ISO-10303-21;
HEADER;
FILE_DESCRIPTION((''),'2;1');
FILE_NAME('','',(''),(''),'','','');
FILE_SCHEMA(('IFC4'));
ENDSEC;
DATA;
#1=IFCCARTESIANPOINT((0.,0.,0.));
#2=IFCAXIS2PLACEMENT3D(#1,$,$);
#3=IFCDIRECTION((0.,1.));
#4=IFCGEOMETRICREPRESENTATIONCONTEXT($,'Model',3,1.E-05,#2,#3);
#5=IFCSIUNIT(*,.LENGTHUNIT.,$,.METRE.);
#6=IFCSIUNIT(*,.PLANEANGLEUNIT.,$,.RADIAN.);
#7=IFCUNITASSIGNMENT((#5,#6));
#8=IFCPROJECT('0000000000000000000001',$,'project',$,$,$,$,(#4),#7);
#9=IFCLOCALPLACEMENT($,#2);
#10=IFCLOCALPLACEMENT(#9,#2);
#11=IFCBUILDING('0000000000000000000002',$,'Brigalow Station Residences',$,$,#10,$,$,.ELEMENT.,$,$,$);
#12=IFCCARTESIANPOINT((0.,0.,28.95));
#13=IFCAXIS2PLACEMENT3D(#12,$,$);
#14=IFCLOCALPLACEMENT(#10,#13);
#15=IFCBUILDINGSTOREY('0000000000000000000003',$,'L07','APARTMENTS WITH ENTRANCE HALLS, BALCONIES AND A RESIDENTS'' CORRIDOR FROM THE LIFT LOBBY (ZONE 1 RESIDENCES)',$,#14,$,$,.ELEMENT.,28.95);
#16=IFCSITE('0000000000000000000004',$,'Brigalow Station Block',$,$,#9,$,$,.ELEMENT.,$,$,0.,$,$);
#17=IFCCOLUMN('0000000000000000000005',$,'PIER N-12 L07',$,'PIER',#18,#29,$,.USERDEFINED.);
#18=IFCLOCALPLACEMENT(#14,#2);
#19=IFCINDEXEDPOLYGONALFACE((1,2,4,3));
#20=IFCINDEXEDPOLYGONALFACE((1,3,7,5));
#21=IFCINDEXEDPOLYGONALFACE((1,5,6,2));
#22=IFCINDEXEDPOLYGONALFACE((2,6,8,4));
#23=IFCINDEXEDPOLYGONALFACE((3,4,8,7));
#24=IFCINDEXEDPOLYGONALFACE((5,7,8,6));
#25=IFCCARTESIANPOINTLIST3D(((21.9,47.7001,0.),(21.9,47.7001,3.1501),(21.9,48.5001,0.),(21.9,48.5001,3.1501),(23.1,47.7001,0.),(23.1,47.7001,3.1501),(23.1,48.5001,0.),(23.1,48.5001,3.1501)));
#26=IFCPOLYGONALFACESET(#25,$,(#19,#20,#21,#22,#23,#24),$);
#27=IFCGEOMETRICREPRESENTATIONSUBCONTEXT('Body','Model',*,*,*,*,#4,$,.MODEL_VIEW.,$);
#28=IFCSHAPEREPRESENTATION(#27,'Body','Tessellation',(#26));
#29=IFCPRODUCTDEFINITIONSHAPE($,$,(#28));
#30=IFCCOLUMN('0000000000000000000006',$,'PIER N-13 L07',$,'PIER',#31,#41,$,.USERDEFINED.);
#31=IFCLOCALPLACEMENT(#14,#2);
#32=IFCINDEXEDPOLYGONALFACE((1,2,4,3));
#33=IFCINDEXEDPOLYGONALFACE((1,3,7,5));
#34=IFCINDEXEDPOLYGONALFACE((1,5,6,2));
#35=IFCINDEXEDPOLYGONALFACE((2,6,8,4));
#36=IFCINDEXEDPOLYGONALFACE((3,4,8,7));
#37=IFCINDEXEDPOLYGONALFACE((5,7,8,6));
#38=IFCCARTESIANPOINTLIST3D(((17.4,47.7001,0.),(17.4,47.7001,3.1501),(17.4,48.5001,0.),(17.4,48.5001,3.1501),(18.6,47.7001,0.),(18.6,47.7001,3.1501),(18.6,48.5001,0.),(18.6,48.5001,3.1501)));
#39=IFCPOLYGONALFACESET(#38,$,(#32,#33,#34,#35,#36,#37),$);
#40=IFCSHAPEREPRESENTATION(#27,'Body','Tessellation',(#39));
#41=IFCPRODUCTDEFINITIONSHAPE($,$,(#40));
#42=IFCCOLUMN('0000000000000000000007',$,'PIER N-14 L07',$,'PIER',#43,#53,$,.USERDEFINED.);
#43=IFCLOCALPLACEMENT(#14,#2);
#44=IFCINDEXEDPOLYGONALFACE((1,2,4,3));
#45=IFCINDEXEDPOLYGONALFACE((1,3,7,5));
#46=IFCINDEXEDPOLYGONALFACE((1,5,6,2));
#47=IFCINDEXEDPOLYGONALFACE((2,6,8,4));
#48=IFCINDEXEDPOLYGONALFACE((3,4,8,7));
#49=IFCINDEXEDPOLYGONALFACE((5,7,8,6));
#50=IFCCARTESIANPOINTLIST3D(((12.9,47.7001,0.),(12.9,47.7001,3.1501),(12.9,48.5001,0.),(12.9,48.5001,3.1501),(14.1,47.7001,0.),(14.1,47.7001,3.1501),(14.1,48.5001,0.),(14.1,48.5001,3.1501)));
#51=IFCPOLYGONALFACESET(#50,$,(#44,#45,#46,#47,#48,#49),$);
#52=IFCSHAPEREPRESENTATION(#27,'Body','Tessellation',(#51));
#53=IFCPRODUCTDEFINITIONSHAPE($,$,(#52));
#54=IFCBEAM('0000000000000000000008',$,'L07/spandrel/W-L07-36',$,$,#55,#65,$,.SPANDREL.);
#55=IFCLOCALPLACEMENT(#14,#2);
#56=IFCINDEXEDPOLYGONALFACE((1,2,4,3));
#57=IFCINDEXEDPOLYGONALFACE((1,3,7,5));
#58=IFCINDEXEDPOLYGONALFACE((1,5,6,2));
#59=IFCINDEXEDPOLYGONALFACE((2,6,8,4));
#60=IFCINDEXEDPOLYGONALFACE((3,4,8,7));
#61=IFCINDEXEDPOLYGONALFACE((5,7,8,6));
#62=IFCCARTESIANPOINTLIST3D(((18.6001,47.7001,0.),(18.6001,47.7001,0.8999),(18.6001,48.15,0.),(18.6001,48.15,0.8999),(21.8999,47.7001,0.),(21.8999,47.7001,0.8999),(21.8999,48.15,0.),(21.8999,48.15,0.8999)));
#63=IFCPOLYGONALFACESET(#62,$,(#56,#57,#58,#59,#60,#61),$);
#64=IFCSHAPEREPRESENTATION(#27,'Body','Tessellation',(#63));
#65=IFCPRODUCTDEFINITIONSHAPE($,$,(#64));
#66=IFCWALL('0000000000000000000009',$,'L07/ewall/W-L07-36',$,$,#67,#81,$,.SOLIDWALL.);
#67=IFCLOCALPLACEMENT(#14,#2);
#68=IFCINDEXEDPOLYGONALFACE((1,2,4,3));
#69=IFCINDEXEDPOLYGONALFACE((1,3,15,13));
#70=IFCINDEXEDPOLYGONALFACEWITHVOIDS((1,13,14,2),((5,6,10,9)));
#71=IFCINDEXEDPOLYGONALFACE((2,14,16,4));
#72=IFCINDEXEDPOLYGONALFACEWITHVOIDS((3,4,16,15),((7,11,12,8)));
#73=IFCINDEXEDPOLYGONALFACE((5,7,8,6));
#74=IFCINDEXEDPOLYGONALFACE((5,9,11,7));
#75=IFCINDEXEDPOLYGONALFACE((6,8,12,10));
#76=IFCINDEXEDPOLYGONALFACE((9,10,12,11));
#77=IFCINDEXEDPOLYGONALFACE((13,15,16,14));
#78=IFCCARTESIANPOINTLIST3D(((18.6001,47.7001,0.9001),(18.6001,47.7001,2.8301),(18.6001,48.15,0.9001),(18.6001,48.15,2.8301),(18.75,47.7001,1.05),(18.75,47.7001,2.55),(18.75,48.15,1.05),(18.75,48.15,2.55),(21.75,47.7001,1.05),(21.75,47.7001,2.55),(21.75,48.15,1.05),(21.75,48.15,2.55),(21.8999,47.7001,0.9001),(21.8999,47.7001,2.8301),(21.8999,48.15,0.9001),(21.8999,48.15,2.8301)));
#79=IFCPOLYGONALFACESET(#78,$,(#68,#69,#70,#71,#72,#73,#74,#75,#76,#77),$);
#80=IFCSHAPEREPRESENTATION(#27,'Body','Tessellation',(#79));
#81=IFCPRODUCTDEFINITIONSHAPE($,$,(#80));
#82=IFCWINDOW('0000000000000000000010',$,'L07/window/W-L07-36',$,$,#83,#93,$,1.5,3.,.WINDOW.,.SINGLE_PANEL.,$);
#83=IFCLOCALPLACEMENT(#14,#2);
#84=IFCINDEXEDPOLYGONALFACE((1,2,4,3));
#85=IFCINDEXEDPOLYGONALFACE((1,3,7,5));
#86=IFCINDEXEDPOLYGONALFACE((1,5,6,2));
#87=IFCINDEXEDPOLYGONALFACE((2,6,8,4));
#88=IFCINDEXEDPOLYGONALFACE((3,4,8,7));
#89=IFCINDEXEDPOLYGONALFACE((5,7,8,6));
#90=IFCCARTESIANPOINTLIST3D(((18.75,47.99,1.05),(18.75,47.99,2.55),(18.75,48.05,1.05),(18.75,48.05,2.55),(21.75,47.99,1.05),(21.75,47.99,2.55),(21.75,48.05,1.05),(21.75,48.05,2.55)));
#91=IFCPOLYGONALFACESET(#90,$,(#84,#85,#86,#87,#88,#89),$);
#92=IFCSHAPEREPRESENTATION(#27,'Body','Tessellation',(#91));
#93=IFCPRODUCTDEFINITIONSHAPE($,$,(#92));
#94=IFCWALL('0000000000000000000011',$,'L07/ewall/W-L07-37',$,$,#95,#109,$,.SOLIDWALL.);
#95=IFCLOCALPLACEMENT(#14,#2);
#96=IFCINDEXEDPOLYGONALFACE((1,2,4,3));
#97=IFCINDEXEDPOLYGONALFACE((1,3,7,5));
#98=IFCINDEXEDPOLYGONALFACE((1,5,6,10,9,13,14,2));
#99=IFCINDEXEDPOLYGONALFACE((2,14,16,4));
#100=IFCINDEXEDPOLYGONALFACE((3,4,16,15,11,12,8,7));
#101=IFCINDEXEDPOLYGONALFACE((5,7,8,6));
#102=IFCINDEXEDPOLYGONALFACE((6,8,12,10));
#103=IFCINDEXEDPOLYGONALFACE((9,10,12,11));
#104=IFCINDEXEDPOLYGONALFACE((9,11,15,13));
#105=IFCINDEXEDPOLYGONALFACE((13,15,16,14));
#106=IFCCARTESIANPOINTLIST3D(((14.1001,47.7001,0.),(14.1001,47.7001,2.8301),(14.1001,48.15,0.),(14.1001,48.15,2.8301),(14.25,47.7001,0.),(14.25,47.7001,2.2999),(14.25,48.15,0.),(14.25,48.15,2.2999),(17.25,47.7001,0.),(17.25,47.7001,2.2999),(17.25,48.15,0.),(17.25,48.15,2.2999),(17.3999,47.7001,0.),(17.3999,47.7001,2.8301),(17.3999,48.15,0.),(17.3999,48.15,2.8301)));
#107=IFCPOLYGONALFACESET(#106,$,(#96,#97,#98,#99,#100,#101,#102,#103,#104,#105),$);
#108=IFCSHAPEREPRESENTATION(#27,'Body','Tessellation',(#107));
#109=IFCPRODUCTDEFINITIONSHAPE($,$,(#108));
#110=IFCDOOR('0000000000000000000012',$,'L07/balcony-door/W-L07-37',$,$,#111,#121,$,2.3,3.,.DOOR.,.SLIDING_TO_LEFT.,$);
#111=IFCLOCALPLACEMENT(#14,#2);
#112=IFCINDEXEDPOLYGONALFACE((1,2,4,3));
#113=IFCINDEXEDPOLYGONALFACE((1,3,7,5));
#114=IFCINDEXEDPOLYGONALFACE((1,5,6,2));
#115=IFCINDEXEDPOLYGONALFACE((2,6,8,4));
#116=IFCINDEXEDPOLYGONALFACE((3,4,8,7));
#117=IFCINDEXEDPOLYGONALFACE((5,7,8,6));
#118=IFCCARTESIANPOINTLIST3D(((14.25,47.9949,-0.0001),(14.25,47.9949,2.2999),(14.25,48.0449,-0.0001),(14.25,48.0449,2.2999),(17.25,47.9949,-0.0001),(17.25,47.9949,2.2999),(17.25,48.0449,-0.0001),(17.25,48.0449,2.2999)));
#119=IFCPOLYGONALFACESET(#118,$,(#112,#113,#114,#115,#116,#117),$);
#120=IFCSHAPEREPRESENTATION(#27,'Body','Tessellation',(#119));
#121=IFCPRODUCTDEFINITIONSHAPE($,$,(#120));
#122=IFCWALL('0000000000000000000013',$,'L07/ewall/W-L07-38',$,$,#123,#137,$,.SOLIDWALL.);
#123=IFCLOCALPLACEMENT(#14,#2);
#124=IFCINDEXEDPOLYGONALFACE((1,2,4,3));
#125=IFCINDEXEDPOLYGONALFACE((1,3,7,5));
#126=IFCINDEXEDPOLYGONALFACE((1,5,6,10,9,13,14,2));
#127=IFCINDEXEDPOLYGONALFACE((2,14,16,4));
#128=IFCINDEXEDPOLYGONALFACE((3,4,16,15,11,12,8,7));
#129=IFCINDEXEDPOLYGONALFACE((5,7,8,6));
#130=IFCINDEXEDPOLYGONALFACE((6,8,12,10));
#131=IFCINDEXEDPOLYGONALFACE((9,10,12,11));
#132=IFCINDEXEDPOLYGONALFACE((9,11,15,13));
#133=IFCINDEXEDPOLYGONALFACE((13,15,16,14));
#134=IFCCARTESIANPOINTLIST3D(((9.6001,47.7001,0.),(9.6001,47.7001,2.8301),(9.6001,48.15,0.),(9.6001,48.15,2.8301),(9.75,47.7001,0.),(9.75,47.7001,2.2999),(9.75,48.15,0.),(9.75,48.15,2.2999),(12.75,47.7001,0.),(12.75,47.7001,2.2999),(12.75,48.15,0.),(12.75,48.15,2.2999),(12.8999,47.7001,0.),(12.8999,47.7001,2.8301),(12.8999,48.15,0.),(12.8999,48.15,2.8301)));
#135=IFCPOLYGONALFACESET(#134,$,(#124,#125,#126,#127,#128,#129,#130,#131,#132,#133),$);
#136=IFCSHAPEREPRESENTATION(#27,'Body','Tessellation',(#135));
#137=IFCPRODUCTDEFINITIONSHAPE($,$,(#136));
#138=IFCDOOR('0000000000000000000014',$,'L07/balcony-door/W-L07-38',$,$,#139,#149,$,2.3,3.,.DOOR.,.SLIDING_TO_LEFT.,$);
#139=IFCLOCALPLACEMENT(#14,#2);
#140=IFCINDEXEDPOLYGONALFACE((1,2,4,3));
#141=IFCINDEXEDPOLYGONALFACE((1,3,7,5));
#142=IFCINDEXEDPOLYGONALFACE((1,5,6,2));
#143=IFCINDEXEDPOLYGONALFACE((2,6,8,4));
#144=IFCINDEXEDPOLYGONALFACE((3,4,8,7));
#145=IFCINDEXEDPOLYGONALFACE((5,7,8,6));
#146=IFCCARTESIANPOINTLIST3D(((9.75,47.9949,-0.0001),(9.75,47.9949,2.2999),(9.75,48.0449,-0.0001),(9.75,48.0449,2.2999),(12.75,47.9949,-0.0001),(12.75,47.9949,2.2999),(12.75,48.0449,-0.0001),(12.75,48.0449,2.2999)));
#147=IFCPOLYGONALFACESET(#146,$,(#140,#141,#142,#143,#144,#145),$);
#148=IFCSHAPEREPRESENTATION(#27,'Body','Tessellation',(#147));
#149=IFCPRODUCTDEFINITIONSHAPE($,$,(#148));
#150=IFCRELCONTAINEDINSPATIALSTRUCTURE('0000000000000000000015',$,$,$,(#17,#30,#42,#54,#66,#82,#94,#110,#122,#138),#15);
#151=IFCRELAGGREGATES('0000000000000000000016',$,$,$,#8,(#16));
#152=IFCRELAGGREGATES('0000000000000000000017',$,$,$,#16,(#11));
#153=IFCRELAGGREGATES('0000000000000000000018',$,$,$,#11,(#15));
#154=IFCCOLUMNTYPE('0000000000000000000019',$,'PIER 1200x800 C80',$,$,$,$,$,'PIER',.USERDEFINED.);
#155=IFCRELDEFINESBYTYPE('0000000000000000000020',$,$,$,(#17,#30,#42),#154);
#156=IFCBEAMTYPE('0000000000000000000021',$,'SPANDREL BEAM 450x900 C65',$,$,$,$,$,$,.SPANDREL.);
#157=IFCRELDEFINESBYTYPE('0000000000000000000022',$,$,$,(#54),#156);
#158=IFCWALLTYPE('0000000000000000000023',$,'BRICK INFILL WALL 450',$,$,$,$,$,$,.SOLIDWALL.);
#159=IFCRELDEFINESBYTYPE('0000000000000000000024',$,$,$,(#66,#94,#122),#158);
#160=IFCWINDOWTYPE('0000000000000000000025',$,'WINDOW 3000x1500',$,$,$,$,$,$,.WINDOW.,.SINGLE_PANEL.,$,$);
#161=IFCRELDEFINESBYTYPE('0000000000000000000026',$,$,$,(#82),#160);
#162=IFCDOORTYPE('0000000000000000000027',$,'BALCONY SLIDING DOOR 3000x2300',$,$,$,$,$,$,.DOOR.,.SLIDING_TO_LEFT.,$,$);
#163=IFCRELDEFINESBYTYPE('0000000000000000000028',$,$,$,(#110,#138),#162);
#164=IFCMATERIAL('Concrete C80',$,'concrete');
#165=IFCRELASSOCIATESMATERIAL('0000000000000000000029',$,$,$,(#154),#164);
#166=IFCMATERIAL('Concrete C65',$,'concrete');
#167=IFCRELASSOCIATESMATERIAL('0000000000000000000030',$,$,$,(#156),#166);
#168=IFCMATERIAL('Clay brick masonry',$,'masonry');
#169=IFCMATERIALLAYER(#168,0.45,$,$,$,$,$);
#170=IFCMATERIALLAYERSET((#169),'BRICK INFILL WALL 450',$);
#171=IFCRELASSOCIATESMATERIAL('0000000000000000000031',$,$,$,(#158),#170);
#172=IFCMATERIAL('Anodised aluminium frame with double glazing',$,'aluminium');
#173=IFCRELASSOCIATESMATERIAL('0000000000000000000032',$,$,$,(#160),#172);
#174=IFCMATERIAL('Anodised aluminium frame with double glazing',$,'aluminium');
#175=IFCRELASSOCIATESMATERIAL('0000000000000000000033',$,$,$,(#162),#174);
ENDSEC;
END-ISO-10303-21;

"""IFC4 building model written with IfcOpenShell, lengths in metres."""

from ifc_helpers import new_model, si_unit, direction, frame, frame_2d, origin, origin_2d, place, context, subcontext, project, spatial, rectangle, extrude, material, layer, layer_set, material_profile, profile_set, type_object, element, fill, save


model = new_model("IFC4")

# Units and contexts
model_context = context("Model", 3, precision=1e-05, world=origin(), true_north=direction((0.0, 1.0)))
body_context = subcontext(model_context, "Body", "Model", "MODEL_VIEW")
ifc_project = project(units=[si_unit("LENGTHUNIT", "METRE"), si_unit("PLANEANGLEUNIT", "RADIAN")], contexts=[model_context])

# Site, building, storey
site_placement = place(None, origin())
site = spatial("IfcSite", under=ifc_project, at=site_placement, Name="Brigalow Station Block", CompositionType="ELEMENT", RefElevation=0.0)
building_placement = place(site_placement, origin())
building = spatial("IfcBuilding", under=site, at=building_placement, Name="Brigalow Station Residences", CompositionType="ELEMENT")
storey_placement = place(building_placement, frame((0.0, 0.0, 28.95)))
storey = spatial("IfcBuildingStorey", under=building, at=storey_placement, Name="L07", Description="APARTMENTS WITH ENTRANCE HALLS, BALCONIES AND A RESIDENTS' CORRIDOR FROM THE LIFT LOBBY (ZONE 1 RESIDENCES)", CompositionType="ELEMENT", Elevation=28.95)

# Columns
ifc_material_1 = material(Name="Concrete C80", Category="concrete")
ifc_material_profile_1 = material_profile(ifc_material_1, rectangle(XDim=1.2, YDim=0.8, at=origin_2d()), Name="RC1200x800")
ifc_profile_set_1 = profile_set([ifc_material_profile_1], Name="Concrete C80")
column_type = type_object("IfcColumnType", Name="PIER 1200x800 C80", ElementType="PIER", PredefinedType="USERDEFINED", material=ifc_profile_set_1)
for number, where, z_axis, x_axis, name in (
    (1, (22.5, 48.1001, 0.0), (0.0, 0.0, 1.0), (-1.0, 0.0, 0.0), "PIER N-12 L07"),
    (2, (18.0, 48.1001, 0.0), (0.0, 0.0, 1.0), (-1.0, 0.0, 0.0), "PIER N-13 L07"),
    (3, (13.5, 48.1001, 0.0), (0.0, 0.0, 1.0), (-1.0, 0.0, 0.0), "PIER N-14 L07"),
):
    element("IfcColumn", number, at=place(storey_placement, frame(where, z_axis=z_axis, x_axis=x_axis)), inside=storey, type_object=column_type, Name=name, ObjectType="PIER", PredefinedType="USERDEFINED", context=body_context, shape_type="SweptSolid", body=[
        extrude(rectangle(XDim=1.2, YDim=0.8, at=origin_2d()), origin(), (0.0, 0.0, 1.0), 3.1501),
    ])

# Beam
ifc_material_2 = material(Name="Concrete C65", Category="concrete")
ifc_material_profile_2 = material_profile(ifc_material_2, rectangle(XDim=0.45, YDim=0.8999, at=origin_2d()), Name="RC450x900")
ifc_profile_set_2 = profile_set([ifc_material_profile_2], Name="Concrete C65")
beam_type = type_object("IfcBeamType", Name="SPANDREL BEAM 450x900 C65", PredefinedType="SPANDREL", material=ifc_profile_set_2)
beam_placement = place(storey_placement, frame((21.8999, 47.925, 0.45), z_axis=(-1.0, 0.0, 0.0), x_axis=(0.0, -1.0, 0.0)))
element("IfcBeam", 4, at=beam_placement, inside=storey, type_object=beam_type, Name="L07/spandrel/W-L07-36", PredefinedType="SPANDREL", context=body_context, shape_type="SweptSolid", body=[
    extrude(rectangle(XDim=0.45, YDim=0.8999, at=origin_2d()), origin(), (0.0, 0.0, 1.0), 3.2998),
])

# Wall, opening, window
ifc_material_3 = material(Name="Clay brick masonry", Category="masonry")
ifc_layer_1 = layer(ifc_material_3, 0.45)
ifc_layer_set_1 = layer_set([ifc_layer_1], Name="BRICK INFILL WALL 450")
wall_type_1 = type_object("IfcWallType", Name="BRICK INFILL WALL 450", PredefinedType="SOLIDWALL", material=ifc_layer_set_1)
wall_1_placement = place(storey_placement, frame((21.8999, 47.925, 0.9001), z_axis=(0.0, 0.0, 1.0), x_axis=(-1.0, 0.0, 0.0)))
wall_1 = element("IfcWall", 5, at=wall_1_placement, inside=storey, type_object=wall_type_1, Name="L07/ewall/W-L07-36", PredefinedType="SOLIDWALL", context=body_context, shape_type="SweptSolid", body=[
    extrude(rectangle(XDim=3.2998, YDim=0.45, at=frame_2d((1.6499, 0.0))), origin(), (0.0, 0.0, 1.0), 1.9299),
])
opening_1_placement = place(wall_1_placement, frame((0.1499, 0.0, 0.1499)))
opening_1 = element("IfcOpeningElement", 6, at=opening_1_placement, cuts=wall_1, PredefinedType="OPENING", context=body_context, shape_type="SweptSolid", body=[
    extrude(rectangle(XDim=3.0, YDim=1.5, at=frame_2d((1.5, 0.75))), frame((0.0, 0.2349, 0.0), z_axis=(0.0, -1.0, 0.0), x_axis=(1.0, 0.0, 0.0)), (0.0, 0.0, 1.0), 0.47),
])
ifc_material_4 = material(Name="Anodised aluminium frame with double glazing", Category="aluminium")
window_type = type_object("IfcWindowType", Name="WINDOW 3000x1500", PartitioningType="SINGLE_PANEL", PredefinedType="WINDOW", material=ifc_material_4)
window_placement = place(opening_1_placement, origin())
window = element("IfcWindow", 7, at=window_placement, inside=storey, type_object=window_type, Name="L07/window/W-L07-36", OverallHeight=1.5, OverallWidth=3.0, PartitioningType="SINGLE_PANEL", PredefinedType="WINDOW", context=body_context, shape_type="SweptSolid", body=[
    extrude(rectangle(XDim=3.0, YDim=1.5, at=frame_2d((1.5, 0.75))), frame((0.0, -0.0649, 0.0), z_axis=(0.0, -1.0, 0.0), x_axis=(1.0, 0.0, 0.0)), (0.0, 0.0, 1.0), 0.0601),
])
fill(opening_1, window)

# Walls, openings, doors
wall_2_placement = place(storey_placement, frame((17.3999, 47.925, 0.0), z_axis=(0.0, 0.0, 1.0), x_axis=(-1.0, 0.0, 0.0)))
wall_2 = element("IfcWall", 8, at=wall_2_placement, inside=storey, type_object=wall_type_1, Name="L07/ewall/W-L07-37", PredefinedType="SOLIDWALL", context=body_context, shape_type="SweptSolid", body=[
    extrude(rectangle(XDim=3.2998, YDim=0.45, at=frame_2d((1.6499, 0.0))), origin(), (0.0, 0.0, 1.0), 2.8301),
])
opening_2_placement = place(wall_2_placement, frame((0.1499, 0.0, 0.0)))
opening_2 = element("IfcOpeningElement", 9, at=opening_2_placement, cuts=wall_2, PredefinedType="OPENING", context=body_context, shape_type="SweptSolid", body=[
    extrude(rectangle(XDim=3.0, YDim=2.3, at=frame_2d((1.5, 1.1499))), frame((0.0, 0.2349, 0.0), z_axis=(0.0, -1.0, 0.0), x_axis=(1.0, 0.0, 0.0)), (0.0, 0.0, 1.0), 0.47),
])
ifc_material_5 = material(Name="Anodised aluminium frame with double glazing", Category="aluminium")
door_type_1 = type_object("IfcDoorType", Name="BALCONY SLIDING DOOR 3000x2300", OperationType="SLIDING_TO_LEFT", PredefinedType="DOOR", material=ifc_material_5)
door_1_placement = place(opening_2_placement, origin())
door_1 = element("IfcDoor", 10, at=door_1_placement, inside=storey, type_object=door_type_1, Name="L07/balcony-door/W-L07-37", OperationType="SLIDING_TO_LEFT", OverallHeight=2.3, OverallWidth=3.0, PredefinedType="DOOR", context=body_context, shape_type="SweptSolid", body=[
    extrude(rectangle(XDim=3.0, YDim=2.3, at=frame_2d((1.5, 1.1499))), frame((0.0, -0.0698, 0.0), z_axis=(0.0, -1.0, 0.0), x_axis=(1.0, 0.0, 0.0)), (0.0, 0.0, 1.0), 0.05),
])
fill(opening_2, door_1)
wall_3_placement = place(storey_placement, frame((12.8999, 47.925, 0.0), z_axis=(0.0, 0.0, 1.0), x_axis=(-1.0, 0.0, 0.0)))
wall_3 = element("IfcWall", 11, at=wall_3_placement, inside=storey, type_object=wall_type_1, Name="L07/ewall/W-L07-38", PredefinedType="SOLIDWALL", context=body_context, shape_type="SweptSolid", body=[
    extrude(rectangle(XDim=3.2998, YDim=0.45, at=frame_2d((1.6499, 0.0))), origin(), (0.0, 0.0, 1.0), 2.8301),
])
opening_3_placement = place(wall_3_placement, frame((0.1499, 0.0, 0.0)))
opening_3 = element("IfcOpeningElement", 12, at=opening_3_placement, cuts=wall_3, PredefinedType="OPENING", context=body_context, shape_type="SweptSolid", body=[
    extrude(rectangle(XDim=3.0, YDim=2.3, at=frame_2d((1.5, 1.1499))), frame((0.0, 0.2349, 0.0), z_axis=(0.0, -1.0, 0.0), x_axis=(1.0, 0.0, 0.0)), (0.0, 0.0, 1.0), 0.47),
])
door_2_placement = place(opening_3_placement, origin())
door_2 = element("IfcDoor", 13, at=door_2_placement, inside=storey, type_object=door_type_1, Name="L07/balcony-door/W-L07-38", OperationType="SLIDING_TO_LEFT", OverallHeight=2.3, OverallWidth=3.0, PredefinedType="DOOR", context=body_context, shape_type="SweptSolid", body=[
    extrude(rectangle(XDim=3.0, YDim=2.3, at=frame_2d((1.5, 1.1499))), frame((0.0, -0.0698, 0.0), z_axis=(0.0, -1.0, 0.0), x_axis=(1.0, 0.0, 0.0)), (0.0, 0.0, 1.0), 0.05),
])
fill(opening_3, door_2)

save(model, "model.ifc")
